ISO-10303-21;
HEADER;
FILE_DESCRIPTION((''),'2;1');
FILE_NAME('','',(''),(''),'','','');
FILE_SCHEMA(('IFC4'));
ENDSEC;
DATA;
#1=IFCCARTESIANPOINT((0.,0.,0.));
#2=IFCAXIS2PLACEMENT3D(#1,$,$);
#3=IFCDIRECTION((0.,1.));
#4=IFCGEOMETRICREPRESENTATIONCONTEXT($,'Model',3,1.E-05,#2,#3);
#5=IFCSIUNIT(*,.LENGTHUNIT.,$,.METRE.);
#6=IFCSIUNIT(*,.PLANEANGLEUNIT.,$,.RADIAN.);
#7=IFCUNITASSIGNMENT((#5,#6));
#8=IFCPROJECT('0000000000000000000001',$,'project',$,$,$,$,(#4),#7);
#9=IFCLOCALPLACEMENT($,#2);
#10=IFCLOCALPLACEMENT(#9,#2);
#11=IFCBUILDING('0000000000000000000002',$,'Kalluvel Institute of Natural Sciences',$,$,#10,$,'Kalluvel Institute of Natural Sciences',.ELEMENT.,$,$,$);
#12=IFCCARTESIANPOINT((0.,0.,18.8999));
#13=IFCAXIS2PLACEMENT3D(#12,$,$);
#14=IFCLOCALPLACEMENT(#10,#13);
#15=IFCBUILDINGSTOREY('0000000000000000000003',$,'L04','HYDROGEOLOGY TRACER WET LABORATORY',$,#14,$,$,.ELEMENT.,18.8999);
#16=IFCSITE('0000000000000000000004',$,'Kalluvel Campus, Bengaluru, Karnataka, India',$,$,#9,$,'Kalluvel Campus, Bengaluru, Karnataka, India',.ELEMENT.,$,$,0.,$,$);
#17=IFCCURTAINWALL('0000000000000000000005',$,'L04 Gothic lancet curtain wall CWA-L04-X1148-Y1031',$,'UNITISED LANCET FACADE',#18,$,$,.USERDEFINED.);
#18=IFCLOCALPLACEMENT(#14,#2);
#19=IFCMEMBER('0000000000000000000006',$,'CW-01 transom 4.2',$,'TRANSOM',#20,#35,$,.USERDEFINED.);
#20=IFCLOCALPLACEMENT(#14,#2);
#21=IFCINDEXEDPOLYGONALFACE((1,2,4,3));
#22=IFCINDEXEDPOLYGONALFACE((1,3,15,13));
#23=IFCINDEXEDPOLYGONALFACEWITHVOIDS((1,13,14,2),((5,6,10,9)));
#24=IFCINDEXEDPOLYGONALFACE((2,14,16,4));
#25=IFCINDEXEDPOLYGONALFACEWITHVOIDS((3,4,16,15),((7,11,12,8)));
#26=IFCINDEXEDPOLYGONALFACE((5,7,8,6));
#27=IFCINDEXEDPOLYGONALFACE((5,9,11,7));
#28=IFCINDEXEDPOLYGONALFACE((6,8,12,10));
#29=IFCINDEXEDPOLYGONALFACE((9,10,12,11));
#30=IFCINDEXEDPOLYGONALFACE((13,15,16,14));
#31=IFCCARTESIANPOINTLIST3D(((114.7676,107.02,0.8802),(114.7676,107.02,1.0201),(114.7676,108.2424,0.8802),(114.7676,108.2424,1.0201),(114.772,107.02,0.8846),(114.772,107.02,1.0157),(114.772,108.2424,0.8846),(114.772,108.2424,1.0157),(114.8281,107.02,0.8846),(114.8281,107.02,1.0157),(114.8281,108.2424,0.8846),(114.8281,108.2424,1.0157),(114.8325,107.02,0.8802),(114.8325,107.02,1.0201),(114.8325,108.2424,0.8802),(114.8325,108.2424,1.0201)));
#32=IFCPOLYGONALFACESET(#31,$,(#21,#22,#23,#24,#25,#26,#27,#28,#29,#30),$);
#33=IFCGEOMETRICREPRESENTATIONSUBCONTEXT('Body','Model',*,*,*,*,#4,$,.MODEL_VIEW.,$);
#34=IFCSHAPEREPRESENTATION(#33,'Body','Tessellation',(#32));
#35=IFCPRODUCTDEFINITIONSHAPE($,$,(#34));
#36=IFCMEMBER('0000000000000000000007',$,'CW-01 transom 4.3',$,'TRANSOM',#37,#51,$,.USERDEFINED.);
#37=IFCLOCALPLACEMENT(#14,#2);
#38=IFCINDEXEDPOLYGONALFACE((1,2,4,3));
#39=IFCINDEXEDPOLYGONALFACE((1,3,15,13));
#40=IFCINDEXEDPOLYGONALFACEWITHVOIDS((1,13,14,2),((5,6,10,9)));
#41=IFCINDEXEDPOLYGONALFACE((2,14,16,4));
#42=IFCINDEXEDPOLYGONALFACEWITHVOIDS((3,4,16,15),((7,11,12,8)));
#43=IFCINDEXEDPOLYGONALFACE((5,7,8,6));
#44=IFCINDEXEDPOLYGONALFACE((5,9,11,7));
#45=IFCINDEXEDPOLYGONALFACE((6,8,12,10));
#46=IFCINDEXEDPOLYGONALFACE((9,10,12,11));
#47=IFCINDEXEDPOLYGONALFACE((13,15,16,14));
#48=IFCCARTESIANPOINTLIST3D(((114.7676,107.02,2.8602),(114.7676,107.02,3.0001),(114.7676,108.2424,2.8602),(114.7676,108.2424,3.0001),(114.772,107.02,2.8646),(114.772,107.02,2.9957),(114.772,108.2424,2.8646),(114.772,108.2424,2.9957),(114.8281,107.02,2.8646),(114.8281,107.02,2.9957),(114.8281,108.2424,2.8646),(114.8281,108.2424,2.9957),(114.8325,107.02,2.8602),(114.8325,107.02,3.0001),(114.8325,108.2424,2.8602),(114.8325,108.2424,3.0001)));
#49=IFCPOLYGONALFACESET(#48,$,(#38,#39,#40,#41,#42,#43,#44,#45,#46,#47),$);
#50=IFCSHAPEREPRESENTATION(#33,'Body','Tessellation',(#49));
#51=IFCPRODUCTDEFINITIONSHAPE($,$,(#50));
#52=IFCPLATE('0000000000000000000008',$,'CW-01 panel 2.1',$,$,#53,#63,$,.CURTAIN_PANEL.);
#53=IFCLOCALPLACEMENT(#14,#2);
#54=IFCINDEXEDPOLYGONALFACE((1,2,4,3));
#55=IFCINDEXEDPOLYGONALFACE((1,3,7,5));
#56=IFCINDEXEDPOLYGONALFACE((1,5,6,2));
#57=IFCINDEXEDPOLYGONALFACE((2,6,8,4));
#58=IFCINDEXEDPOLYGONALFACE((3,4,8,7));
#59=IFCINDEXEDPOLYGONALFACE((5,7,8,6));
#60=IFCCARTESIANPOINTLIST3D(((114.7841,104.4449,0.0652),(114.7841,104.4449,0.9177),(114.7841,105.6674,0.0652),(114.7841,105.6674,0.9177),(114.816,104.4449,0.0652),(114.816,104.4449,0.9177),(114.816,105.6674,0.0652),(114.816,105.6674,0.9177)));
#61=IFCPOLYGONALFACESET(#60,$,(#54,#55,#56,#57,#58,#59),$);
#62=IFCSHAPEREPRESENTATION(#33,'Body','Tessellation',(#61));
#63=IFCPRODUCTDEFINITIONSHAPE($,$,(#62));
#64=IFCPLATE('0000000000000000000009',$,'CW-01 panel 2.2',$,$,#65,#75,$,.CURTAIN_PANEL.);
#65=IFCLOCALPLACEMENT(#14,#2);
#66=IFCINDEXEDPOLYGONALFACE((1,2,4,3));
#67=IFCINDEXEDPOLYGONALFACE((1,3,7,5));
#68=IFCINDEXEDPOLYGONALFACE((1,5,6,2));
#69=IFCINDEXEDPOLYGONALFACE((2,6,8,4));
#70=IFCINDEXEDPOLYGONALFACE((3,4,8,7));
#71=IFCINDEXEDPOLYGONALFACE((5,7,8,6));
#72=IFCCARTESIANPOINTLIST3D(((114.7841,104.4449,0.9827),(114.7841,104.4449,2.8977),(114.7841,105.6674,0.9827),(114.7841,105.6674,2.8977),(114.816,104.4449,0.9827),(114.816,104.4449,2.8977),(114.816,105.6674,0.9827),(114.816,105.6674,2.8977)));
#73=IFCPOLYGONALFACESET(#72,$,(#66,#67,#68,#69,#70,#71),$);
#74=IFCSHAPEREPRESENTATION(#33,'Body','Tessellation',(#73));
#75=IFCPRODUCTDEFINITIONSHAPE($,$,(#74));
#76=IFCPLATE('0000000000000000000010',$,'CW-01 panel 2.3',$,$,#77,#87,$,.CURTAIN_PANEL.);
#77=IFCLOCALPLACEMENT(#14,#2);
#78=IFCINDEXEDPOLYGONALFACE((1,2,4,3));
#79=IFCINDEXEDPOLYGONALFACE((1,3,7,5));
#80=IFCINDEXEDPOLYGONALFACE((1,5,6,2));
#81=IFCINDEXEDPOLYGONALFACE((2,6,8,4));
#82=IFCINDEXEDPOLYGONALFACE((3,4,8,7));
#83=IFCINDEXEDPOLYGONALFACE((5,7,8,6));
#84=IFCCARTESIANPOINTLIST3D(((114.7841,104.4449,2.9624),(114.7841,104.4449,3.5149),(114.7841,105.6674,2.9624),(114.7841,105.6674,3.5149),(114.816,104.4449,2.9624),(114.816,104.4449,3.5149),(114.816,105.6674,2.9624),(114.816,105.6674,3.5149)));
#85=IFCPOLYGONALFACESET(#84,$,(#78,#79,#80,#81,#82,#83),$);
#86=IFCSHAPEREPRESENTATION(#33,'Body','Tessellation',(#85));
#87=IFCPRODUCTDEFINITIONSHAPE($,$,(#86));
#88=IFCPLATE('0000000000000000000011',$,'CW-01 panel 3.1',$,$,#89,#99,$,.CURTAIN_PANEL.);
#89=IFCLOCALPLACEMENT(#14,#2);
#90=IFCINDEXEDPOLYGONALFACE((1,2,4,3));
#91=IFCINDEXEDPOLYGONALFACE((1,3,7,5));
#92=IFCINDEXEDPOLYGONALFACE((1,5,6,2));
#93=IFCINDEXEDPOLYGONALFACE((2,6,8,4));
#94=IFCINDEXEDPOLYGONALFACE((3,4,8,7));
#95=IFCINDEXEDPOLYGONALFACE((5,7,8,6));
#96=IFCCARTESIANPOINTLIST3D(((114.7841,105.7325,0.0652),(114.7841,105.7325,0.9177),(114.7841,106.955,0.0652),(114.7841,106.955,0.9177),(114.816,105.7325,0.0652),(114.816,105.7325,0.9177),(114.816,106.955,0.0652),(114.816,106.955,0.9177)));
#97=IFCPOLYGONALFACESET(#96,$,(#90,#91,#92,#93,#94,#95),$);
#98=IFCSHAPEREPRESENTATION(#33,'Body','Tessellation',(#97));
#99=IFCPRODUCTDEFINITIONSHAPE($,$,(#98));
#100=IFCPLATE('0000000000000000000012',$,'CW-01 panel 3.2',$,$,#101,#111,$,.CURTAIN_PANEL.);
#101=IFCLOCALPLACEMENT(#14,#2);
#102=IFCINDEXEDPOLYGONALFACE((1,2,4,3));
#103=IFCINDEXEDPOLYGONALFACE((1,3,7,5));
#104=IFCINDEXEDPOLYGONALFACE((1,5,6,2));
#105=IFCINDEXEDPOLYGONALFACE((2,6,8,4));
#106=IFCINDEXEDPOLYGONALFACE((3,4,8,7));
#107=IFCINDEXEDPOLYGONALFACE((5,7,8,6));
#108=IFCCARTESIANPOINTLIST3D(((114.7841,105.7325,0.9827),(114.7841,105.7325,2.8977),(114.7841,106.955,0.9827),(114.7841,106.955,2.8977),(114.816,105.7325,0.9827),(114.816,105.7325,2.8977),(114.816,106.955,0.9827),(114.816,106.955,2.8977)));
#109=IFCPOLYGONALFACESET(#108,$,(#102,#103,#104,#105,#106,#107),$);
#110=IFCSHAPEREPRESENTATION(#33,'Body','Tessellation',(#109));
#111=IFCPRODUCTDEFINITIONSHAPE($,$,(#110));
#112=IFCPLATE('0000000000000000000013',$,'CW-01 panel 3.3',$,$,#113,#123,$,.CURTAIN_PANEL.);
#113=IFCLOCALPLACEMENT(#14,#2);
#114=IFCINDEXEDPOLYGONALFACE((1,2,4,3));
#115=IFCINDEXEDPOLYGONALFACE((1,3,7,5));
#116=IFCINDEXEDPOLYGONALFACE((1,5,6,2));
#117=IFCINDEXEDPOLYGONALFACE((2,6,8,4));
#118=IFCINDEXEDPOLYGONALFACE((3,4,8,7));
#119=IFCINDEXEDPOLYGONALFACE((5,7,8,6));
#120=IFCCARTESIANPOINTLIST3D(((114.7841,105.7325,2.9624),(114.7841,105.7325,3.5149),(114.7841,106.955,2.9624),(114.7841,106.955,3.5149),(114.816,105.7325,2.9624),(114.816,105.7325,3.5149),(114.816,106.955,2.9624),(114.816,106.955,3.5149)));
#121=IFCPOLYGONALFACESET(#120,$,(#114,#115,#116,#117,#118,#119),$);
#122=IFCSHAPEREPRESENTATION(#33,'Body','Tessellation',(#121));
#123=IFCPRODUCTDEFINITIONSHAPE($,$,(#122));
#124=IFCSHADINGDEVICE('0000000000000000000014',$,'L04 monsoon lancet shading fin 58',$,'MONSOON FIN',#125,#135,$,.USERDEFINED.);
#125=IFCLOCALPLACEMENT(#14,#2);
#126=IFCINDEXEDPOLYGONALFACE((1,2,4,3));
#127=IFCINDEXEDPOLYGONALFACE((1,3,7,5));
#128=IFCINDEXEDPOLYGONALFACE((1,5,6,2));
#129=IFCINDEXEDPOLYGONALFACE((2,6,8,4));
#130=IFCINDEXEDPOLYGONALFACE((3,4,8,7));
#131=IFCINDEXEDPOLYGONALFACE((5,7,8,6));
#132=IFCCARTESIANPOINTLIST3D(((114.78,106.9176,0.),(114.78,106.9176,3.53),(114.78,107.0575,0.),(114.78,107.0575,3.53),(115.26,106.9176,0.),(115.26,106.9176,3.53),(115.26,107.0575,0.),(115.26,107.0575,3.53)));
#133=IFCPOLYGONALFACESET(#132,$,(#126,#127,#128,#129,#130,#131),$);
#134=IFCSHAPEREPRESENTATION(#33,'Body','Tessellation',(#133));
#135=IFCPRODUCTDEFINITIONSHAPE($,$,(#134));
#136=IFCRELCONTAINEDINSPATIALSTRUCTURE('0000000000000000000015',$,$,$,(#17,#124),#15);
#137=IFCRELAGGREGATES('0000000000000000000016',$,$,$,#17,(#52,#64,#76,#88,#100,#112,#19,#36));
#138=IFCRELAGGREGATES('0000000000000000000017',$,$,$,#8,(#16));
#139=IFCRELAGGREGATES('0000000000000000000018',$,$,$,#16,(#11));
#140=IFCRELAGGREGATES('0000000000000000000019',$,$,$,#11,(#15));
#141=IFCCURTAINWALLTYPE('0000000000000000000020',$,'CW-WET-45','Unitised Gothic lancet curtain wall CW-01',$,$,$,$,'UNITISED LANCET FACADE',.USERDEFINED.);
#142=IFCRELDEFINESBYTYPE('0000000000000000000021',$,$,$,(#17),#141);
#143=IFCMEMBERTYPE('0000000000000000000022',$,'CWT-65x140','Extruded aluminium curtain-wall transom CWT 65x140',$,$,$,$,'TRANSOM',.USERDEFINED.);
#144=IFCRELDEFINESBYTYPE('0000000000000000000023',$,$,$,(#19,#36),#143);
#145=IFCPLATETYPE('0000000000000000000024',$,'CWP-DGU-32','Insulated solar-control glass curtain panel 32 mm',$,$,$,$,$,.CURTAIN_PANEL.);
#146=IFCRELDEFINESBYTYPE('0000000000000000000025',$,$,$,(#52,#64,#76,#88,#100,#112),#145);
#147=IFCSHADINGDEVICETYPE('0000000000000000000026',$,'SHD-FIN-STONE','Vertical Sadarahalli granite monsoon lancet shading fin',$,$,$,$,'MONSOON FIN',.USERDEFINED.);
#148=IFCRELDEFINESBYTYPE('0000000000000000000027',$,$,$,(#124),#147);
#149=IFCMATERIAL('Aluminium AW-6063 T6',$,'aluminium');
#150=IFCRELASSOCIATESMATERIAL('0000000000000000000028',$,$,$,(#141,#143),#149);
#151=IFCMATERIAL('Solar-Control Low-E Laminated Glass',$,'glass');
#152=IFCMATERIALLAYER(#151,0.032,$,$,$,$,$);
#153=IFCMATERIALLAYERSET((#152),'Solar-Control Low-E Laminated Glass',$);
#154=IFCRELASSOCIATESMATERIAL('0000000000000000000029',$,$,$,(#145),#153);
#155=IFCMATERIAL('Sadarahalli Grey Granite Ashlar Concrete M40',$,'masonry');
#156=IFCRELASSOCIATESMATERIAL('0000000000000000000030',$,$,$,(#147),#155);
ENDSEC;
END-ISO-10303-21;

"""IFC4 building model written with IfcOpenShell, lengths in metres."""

from ifc_helpers import new_model, si_unit, direction, frame, origin, origin_2d, place, context, subcontext, project, spatial, rectangle, hollow_rectangle, extrude, material, layer, layer_set, material_profile, profile_set, type_object, element, aggregate, save


model = new_model("IFC4")

# Units and contexts
model_context = context("Model", 3, precision=1e-05, world=origin(), true_north=direction((0.0, 1.0)))
body_context = subcontext(model_context, "Body", "Model", "MODEL_VIEW")
ifc_project = project(units=[si_unit("LENGTHUNIT", "METRE"), si_unit("PLANEANGLEUNIT", "RADIAN")], contexts=[model_context])

# Site, building, storey
site_placement = place(None, origin())
site = spatial("IfcSite", under=ifc_project, at=site_placement, Name="Kalluvel Campus, Bengaluru, Karnataka, India", LongName="Kalluvel Campus, Bengaluru, Karnataka, India", CompositionType="ELEMENT", RefElevation=0.0)
building_placement = place(site_placement, origin())
building = spatial("IfcBuilding", under=site, at=building_placement, Name="Kalluvel Institute of Natural Sciences", LongName="Kalluvel Institute of Natural Sciences", CompositionType="ELEMENT")
storey_placement = place(building_placement, frame((0.0, 0.0, 18.8999)))
storey = spatial("IfcBuildingStorey", under=building, at=storey_placement, Name="L04", Description="HYDROGEOLOGY TRACER WET LABORATORY", CompositionType="ELEMENT", Elevation=18.8999)

# Curtain wall, members, plates
ifc_material_1 = material(Name="Aluminium AW-6063 T6", Category="aluminium")
curtain_wall_type = type_object("IfcCurtainWallType", Name="CW-WET-45", Description="Unitised Gothic lancet curtain wall CW-01", ElementType="UNITISED LANCET FACADE", PredefinedType="USERDEFINED", material=ifc_material_1)
curtain_wall_placement = place(storey_placement, origin())
curtain_wall = element("IfcCurtainWall", 1, at=curtain_wall_placement, inside=storey, type_object=curtain_wall_type, Name="L04 Gothic lancet curtain wall CWA-L04-X1148-Y1031", ObjectType="UNITISED LANCET FACADE", PredefinedType="USERDEFINED")
ifc_material_profile_1 = material_profile(ifc_material_1, hollow_rectangle(XDim=0.0649, YDim=0.1399, WallThickness=0.0044, at=origin_2d()), Name="CWT 65x140")
ifc_profile_set_1 = profile_set([ifc_material_profile_1], Name="Aluminium AW-6063 T6")
member_type_1 = type_object("IfcMemberType", Name="CWT-65x140", Description="Extruded aluminium curtain-wall transom CWT 65x140", ElementType="TRANSOM", PredefinedType="USERDEFINED", material=ifc_profile_set_1)
member_1_placement = place(storey_placement, frame((114.8, 107.02, 0.9502), z_axis=(0.0, 1.0, 0.0), x_axis=(-1.0, 0.0, 0.0)))
member_1 = element("IfcMember", 2, at=member_1_placement, type_object=member_type_1, Name="CW-01 transom 4.2", ObjectType="TRANSOM", PredefinedType="USERDEFINED", context=body_context, shape_type="SweptSolid", body=[
    extrude(hollow_rectangle(XDim=0.0649, YDim=0.1399, WallThickness=0.0044, at=origin_2d()), origin(), (0.0, 0.0, 1.0), 1.2224),
])
member_2_placement = place(storey_placement, frame((114.8, 107.02, 2.9302), z_axis=(0.0, 1.0, 0.0), x_axis=(-1.0, 0.0, 0.0)))
member_2 = element("IfcMember", 3, at=member_2_placement, type_object=member_type_1, Name="CW-01 transom 4.3", ObjectType="TRANSOM", PredefinedType="USERDEFINED", context=body_context, shape_type="SweptSolid", body=[
    extrude(hollow_rectangle(XDim=0.0649, YDim=0.1399, WallThickness=0.0044, at=origin_2d()), origin(), (0.0, 0.0, 1.0), 1.2224),
])
ifc_material_2 = material(Name="Solar-Control Low-E Laminated Glass", Category="glass")
ifc_layer = layer(ifc_material_2, 0.032)
ifc_layer_set = layer_set([ifc_layer], Name="Solar-Control Low-E Laminated Glass")
plate_type = type_object("IfcPlateType", Name="CWP-DGU-32", Description="Insulated solar-control glass curtain panel 32 mm", PredefinedType="CURTAIN_PANEL", material=ifc_layer_set)
plate_1_placement = place(storey_placement, frame((114.8, 105.0562, 0.0652), z_axis=(0.0, 0.0, 1.0), x_axis=(0.0, 1.0, 0.0)))
plate_1 = element("IfcPlate", 4, at=plate_1_placement, type_object=plate_type, Name="CW-01 panel 2.1", PredefinedType="CURTAIN_PANEL", context=body_context, shape_type="SweptSolid", body=[
    extrude(rectangle(XDim=1.2224, YDim=0.032, at=origin_2d()), origin(), (0.0, 0.0, 1.0), 0.8525),
])
plate_2_placement = place(storey_placement, frame((114.8, 105.0562, 0.9827), z_axis=(0.0, 0.0, 1.0), x_axis=(0.0, 1.0, 0.0)))
plate_2 = element("IfcPlate", 5, at=plate_2_placement, type_object=plate_type, Name="CW-01 panel 2.2", PredefinedType="CURTAIN_PANEL", context=body_context, shape_type="SweptSolid", body=[
    extrude(rectangle(XDim=1.2224, YDim=0.032, at=origin_2d()), origin(), (0.0, 0.0, 1.0), 1.915),
])
plate_3_placement = place(storey_placement, frame((114.8, 105.0562, 2.9624), z_axis=(0.0, 0.0, 1.0), x_axis=(0.0, 1.0, 0.0)))
plate_3 = element("IfcPlate", 6, at=plate_3_placement, type_object=plate_type, Name="CW-01 panel 2.3", PredefinedType="CURTAIN_PANEL", context=body_context, shape_type="SweptSolid", body=[
    extrude(rectangle(XDim=1.2224, YDim=0.032, at=origin_2d()), origin(), (0.0, 0.0, 1.0), 0.5525),
])
plate_4_placement = place(storey_placement, frame((114.8, 106.3438, 0.0652), z_axis=(0.0, 0.0, 1.0), x_axis=(0.0, 1.0, 0.0)))
plate_4 = element("IfcPlate", 7, at=plate_4_placement, type_object=plate_type, Name="CW-01 panel 3.1", PredefinedType="CURTAIN_PANEL", context=body_context, shape_type="SweptSolid", body=[
    extrude(rectangle(XDim=1.2224, YDim=0.032, at=origin_2d()), origin(), (0.0, 0.0, 1.0), 0.8525),
])
plate_5_placement = place(storey_placement, frame((114.8, 106.3438, 0.9827), z_axis=(0.0, 0.0, 1.0), x_axis=(0.0, 1.0, 0.0)))
plate_5 = element("IfcPlate", 8, at=plate_5_placement, type_object=plate_type, Name="CW-01 panel 3.2", PredefinedType="CURTAIN_PANEL", context=body_context, shape_type="SweptSolid", body=[
    extrude(rectangle(XDim=1.2224, YDim=0.032, at=origin_2d()), origin(), (0.0, 0.0, 1.0), 1.915),
])
plate_6_placement = place(storey_placement, frame((114.8, 106.3438, 2.9624), z_axis=(0.0, 0.0, 1.0), x_axis=(0.0, 1.0, 0.0)))
plate_6 = element("IfcPlate", 9, at=plate_6_placement, type_object=plate_type, Name="CW-01 panel 3.3", PredefinedType="CURTAIN_PANEL", context=body_context, shape_type="SweptSolid", body=[
    extrude(rectangle(XDim=1.2224, YDim=0.032, at=origin_2d()), origin(), (0.0, 0.0, 1.0), 0.5525),
])
aggregate(curtain_wall, [plate_1, plate_2, plate_3, plate_4, plate_5, plate_6, member_1, member_2])

# Shading device
ifc_material_3 = material(Name="Sadarahalli Grey Granite Ashlar Concrete M40", Category="masonry")
shading_device_type = type_object("IfcShadingDeviceType", Name="SHD-FIN-STONE", Description="Vertical Sadarahalli granite monsoon lancet shading fin", ElementType="MONSOON FIN", PredefinedType="USERDEFINED", material=ifc_material_3)
shading_device_placement = place(storey_placement, frame((115.02, 106.9875, 0.0), z_axis=(0.0, 0.0, 1.0), x_axis=(0.0, 1.0, 0.0)))
element("IfcShadingDevice", 10, at=shading_device_placement, inside=storey, type_object=shading_device_type, Name="L04 monsoon lancet shading fin 58", ObjectType="MONSOON FIN", PredefinedType="USERDEFINED", context=body_context, shape_type="SweptSolid", body=[
    extrude(rectangle(XDim=0.1399, YDim=0.48, at=origin_2d()), origin(), (0.0, 0.0, 1.0), 3.53),
])

save(model, "model.ifc")
